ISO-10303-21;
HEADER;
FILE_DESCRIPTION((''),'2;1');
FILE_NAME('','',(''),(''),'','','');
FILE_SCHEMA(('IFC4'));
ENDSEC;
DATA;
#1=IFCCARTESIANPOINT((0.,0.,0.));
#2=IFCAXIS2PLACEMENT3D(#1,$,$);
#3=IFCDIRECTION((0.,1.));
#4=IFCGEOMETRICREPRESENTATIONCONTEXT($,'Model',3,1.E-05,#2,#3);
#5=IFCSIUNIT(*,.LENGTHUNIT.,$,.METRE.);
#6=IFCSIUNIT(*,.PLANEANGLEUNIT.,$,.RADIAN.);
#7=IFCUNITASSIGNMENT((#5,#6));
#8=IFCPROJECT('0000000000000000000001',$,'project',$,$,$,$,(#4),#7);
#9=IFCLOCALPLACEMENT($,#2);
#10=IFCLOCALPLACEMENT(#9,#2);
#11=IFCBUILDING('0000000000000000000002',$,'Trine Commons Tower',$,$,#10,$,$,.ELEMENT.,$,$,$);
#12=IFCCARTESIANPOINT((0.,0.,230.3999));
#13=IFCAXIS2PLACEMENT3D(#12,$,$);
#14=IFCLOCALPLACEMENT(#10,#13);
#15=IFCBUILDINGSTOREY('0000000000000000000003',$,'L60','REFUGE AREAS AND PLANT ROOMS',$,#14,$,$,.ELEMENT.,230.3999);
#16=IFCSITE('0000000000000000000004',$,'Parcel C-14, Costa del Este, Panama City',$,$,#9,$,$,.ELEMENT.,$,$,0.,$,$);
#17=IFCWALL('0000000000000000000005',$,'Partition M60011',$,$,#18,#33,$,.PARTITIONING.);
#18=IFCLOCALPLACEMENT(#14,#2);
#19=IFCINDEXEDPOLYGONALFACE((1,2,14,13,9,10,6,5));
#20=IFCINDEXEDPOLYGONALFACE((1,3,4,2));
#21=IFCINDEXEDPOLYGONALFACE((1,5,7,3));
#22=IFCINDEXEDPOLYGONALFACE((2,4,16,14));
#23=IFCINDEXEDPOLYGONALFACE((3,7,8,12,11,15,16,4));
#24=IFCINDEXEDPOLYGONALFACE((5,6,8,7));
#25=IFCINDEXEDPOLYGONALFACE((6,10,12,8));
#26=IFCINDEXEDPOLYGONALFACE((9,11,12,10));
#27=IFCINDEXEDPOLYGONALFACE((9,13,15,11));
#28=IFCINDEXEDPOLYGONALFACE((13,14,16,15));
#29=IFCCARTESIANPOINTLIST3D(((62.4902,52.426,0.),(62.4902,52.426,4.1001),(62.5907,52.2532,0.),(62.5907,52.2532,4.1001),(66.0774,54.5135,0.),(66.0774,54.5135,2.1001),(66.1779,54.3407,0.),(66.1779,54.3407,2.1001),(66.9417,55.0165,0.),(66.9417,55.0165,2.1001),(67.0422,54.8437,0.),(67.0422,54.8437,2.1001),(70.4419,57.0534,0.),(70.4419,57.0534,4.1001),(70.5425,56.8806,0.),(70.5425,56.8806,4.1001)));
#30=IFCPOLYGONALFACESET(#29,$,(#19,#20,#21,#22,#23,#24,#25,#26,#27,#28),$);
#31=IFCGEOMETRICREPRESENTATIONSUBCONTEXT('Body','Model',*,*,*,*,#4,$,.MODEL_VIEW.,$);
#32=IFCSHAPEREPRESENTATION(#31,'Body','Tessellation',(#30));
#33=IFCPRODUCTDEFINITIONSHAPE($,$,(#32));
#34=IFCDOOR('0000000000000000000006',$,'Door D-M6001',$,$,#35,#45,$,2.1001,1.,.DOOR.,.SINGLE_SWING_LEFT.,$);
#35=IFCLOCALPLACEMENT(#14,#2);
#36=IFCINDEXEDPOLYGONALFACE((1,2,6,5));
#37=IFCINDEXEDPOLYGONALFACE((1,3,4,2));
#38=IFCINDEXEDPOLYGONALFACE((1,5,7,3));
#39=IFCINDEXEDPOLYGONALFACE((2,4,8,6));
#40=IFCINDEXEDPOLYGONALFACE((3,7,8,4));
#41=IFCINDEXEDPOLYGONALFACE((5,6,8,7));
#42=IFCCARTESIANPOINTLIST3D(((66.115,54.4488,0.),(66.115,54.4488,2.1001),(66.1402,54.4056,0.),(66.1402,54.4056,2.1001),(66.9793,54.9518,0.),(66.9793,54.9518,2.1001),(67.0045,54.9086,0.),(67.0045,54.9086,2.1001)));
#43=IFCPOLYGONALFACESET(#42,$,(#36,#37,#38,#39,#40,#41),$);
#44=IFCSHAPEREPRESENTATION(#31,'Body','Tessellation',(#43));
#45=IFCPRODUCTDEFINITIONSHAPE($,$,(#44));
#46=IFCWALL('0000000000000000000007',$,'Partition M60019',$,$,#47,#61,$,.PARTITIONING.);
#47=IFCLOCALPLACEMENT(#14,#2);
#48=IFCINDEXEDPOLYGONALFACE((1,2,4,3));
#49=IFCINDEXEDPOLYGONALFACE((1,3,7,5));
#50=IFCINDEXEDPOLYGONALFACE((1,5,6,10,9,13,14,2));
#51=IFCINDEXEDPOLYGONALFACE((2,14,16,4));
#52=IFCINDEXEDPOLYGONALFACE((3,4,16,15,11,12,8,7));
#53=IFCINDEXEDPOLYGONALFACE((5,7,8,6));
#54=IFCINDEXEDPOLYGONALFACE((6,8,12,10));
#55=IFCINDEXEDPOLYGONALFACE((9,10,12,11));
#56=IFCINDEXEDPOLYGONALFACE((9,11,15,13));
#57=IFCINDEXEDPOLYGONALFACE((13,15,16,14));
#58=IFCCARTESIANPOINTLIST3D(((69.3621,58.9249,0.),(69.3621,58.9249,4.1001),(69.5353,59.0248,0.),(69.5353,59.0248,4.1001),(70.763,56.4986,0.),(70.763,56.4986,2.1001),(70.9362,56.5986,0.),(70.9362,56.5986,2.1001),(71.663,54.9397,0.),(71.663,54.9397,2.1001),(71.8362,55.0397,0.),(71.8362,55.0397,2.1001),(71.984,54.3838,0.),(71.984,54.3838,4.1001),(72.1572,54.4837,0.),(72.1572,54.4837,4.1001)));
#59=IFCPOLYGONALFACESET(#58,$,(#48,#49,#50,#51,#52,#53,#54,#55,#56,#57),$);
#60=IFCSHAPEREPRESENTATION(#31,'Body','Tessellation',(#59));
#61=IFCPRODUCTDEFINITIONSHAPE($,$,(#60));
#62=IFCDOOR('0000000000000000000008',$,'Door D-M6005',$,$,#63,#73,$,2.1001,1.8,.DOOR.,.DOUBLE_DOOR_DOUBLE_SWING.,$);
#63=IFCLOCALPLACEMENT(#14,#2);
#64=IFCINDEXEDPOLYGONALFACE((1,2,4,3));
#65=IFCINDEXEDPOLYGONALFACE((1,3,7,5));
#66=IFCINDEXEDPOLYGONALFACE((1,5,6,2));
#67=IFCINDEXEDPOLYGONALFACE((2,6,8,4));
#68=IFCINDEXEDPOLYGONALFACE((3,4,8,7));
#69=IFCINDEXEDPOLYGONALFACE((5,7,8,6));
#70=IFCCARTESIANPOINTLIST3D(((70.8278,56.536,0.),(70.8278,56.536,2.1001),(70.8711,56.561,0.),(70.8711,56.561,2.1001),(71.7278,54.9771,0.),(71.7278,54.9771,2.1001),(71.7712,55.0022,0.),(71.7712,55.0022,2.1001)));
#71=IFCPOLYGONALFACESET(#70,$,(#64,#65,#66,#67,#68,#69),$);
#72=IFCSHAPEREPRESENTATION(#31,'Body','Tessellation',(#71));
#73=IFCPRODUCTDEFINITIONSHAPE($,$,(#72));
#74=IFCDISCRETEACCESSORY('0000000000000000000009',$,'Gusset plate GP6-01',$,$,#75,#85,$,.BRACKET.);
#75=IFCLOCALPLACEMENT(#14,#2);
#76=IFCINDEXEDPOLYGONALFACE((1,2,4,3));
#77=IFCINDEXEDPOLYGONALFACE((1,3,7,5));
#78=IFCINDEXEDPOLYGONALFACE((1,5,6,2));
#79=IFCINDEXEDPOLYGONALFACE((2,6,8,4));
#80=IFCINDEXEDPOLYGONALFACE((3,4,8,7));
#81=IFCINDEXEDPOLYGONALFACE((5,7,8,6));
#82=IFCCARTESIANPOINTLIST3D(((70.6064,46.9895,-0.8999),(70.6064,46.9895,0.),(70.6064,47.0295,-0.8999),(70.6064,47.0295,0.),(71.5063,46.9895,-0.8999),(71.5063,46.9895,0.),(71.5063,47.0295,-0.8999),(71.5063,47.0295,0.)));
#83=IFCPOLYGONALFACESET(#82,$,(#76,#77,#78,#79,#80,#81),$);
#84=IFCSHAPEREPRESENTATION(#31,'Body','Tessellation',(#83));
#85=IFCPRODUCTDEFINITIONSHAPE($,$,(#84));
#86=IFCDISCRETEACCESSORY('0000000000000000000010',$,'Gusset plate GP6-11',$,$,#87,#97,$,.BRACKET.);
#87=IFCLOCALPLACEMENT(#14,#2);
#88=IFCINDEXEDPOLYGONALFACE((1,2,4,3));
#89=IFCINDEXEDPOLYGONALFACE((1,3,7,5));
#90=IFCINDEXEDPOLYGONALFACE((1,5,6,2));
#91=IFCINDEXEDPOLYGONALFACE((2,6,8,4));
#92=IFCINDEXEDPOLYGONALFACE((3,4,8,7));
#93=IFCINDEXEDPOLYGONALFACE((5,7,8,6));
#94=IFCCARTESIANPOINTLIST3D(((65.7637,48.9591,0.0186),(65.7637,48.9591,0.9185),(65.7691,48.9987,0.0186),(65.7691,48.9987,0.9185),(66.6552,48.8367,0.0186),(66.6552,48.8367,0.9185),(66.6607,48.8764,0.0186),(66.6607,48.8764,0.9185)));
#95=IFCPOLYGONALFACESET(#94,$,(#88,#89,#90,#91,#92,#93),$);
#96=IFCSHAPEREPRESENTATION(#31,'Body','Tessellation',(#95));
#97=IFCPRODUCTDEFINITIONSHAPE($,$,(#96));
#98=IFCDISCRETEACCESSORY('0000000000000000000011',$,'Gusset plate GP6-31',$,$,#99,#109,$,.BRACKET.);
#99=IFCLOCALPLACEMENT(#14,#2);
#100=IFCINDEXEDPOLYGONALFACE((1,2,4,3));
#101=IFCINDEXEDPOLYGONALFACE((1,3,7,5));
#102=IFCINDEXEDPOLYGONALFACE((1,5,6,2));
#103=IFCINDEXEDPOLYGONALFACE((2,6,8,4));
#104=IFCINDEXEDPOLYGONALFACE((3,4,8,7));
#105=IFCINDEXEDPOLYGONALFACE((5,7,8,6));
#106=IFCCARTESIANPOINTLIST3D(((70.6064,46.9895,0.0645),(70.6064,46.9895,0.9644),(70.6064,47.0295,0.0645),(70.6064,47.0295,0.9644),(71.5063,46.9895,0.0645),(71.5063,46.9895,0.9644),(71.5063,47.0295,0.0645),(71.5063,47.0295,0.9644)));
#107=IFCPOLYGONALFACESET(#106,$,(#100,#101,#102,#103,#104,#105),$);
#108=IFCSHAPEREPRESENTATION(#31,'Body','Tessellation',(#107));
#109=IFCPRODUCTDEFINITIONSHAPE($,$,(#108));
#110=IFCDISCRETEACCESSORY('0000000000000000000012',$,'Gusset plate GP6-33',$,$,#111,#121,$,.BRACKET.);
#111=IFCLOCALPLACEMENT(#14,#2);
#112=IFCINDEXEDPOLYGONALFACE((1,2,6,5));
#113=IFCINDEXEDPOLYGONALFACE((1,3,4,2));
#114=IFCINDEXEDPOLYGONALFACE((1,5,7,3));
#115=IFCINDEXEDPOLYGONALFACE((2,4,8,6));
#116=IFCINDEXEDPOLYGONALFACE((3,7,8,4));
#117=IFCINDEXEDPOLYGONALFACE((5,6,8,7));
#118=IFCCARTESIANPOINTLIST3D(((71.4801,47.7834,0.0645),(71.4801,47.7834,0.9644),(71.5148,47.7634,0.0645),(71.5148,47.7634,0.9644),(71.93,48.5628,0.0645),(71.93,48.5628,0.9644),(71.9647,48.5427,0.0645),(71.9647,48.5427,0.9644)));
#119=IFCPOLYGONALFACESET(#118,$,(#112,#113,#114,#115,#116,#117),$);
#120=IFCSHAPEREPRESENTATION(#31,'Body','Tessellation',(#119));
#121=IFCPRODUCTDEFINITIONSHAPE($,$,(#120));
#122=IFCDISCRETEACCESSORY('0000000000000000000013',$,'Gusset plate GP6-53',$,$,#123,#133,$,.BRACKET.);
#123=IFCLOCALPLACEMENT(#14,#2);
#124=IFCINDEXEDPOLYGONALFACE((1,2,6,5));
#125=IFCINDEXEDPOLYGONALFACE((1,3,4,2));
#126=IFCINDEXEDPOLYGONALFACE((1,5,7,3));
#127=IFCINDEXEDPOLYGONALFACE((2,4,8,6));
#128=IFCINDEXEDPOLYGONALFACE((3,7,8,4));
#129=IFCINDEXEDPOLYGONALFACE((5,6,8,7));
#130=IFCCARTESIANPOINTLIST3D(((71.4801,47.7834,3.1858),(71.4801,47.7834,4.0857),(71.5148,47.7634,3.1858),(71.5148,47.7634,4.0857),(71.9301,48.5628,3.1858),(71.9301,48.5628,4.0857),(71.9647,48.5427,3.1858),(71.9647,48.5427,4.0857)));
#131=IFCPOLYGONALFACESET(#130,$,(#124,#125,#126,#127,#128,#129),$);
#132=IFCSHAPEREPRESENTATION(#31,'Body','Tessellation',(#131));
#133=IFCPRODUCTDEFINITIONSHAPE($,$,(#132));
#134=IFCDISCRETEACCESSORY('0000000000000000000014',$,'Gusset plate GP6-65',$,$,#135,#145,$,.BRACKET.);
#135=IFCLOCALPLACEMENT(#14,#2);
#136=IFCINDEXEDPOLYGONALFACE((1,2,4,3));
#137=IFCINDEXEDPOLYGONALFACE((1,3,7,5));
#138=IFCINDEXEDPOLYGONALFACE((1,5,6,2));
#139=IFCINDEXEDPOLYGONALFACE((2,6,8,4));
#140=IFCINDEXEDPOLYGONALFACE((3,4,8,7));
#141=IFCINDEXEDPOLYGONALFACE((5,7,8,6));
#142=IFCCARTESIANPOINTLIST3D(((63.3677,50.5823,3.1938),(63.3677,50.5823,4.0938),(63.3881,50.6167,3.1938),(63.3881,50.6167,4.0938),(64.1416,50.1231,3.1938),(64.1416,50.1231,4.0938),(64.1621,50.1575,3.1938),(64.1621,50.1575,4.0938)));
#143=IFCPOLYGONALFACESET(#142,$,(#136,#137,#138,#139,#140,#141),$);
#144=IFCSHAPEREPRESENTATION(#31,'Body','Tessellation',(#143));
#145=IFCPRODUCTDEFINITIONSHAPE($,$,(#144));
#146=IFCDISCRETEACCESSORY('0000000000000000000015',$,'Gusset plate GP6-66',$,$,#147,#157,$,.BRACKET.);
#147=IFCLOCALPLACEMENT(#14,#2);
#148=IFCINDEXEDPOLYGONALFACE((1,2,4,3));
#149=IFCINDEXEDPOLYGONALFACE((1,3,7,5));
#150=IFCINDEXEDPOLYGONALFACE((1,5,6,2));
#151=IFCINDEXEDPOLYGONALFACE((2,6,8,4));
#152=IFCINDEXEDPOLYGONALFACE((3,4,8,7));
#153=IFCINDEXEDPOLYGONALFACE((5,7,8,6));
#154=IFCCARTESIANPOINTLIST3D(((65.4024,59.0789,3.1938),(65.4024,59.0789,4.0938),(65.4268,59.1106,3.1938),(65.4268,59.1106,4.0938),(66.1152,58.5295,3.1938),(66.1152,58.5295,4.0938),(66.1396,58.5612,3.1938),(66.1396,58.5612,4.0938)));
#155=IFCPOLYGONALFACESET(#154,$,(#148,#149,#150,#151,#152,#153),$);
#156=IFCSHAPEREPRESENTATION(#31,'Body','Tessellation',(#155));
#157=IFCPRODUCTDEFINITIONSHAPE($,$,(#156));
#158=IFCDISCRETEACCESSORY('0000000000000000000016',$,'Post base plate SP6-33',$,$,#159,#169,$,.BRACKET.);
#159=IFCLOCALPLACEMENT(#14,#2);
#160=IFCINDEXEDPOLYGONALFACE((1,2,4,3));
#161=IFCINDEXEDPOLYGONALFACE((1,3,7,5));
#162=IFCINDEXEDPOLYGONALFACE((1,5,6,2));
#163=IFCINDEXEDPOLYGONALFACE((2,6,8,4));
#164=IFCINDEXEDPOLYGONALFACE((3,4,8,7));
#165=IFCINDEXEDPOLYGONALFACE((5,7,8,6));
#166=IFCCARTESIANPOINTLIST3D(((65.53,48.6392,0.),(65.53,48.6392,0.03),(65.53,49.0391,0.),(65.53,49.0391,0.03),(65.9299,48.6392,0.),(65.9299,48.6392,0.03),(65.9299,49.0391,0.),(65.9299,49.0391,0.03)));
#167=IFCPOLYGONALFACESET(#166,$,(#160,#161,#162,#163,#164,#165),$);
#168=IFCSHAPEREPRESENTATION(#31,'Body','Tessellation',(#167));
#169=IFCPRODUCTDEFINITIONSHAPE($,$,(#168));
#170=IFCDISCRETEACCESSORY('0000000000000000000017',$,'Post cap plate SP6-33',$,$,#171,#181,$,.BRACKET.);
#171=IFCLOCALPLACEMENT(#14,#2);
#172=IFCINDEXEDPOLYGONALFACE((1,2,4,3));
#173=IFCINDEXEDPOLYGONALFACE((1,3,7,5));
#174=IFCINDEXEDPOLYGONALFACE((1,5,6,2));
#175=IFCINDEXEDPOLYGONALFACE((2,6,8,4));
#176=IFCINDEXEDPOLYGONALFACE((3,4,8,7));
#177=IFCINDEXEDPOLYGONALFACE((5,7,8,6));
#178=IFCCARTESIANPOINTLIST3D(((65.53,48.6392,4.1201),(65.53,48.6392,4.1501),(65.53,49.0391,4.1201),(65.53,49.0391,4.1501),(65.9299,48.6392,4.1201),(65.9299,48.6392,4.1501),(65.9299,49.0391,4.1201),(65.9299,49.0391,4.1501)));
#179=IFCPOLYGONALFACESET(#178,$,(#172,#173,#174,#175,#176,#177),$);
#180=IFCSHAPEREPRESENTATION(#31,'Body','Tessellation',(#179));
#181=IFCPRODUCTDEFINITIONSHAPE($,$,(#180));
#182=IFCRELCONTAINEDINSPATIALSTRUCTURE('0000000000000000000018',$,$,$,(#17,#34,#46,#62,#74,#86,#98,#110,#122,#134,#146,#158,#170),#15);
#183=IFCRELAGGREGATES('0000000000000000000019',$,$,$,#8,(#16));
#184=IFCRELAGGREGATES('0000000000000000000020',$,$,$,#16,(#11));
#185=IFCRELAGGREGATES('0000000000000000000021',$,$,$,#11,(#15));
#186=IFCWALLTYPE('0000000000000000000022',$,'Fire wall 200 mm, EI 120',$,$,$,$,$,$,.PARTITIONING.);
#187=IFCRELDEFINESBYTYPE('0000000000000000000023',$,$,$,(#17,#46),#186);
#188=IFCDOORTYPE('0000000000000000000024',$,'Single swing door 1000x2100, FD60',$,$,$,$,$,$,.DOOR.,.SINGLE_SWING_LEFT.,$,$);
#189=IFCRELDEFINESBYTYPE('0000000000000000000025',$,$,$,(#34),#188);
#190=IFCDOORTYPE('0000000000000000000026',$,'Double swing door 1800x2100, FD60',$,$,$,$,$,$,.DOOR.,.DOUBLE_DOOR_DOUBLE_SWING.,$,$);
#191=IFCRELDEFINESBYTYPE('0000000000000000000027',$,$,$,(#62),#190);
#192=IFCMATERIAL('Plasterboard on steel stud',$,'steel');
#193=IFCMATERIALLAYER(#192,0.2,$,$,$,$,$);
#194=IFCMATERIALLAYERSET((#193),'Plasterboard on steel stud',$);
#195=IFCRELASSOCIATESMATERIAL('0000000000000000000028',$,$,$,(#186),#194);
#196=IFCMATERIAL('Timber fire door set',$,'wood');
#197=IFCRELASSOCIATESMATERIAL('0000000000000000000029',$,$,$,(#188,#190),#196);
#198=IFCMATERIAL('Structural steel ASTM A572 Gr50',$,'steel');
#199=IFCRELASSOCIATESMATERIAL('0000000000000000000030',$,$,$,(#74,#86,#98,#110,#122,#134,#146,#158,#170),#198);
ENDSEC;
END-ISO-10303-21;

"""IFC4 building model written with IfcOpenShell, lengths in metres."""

from ifc_helpers import new_model, si_unit, direction, frame, frame_2d, origin, origin_2d, place, context, subcontext, project, spatial, rectangle, extrude, material, layer, layer_set, type_object, element, fill, save


model = new_model("IFC4")

# Units and contexts
model_context = context("Model", 3, precision=1e-05, world=origin(), true_north=direction((0.0, 1.0)))
body_context = subcontext(model_context, "Body", "Model", "MODEL_VIEW")
ifc_project = project(units=[si_unit("LENGTHUNIT", "METRE"), si_unit("PLANEANGLEUNIT", "RADIAN")], contexts=[model_context])

# Site, building, storey
site_placement = place(None, origin())
site = spatial("IfcSite", under=ifc_project, at=site_placement, Name="Parcel C-14, Costa del Este, Panama City", CompositionType="ELEMENT", RefElevation=0.0)
building_placement = place(site_placement, origin())
building = spatial("IfcBuilding", under=site, at=building_placement, Name="Trine Commons Tower", CompositionType="ELEMENT")
storey_placement = place(building_placement, frame((0.0, 0.0, 230.3999)))
storey = spatial("IfcBuildingStorey", under=building, at=storey_placement, Name="L60", Description="REFUGE AREAS AND PLANT ROOMS", CompositionType="ELEMENT", Elevation=230.3999)

# Walls, openings, doors
ifc_material_1 = material(Name="Plasterboard on steel stud", Category="steel")
ifc_layer_1 = layer(ifc_material_1, 0.2)
ifc_layer_set_1 = layer_set([ifc_layer_1], Name="Plasterboard on steel stud")
wall_type_1 = type_object("IfcWallType", Name="Fire wall 200 mm, EI 120", PredefinedType="PARTITIONING", material=ifc_layer_set_1)
wall_1_placement = place(storey_placement, frame((70.4922, 56.967, 0.0), z_axis=(0.0, 0.0, 1.0), x_axis=(-0.8643, -0.502976, 0.0)))
wall_1 = element("IfcWall", 1, at=wall_1_placement, inside=storey, type_object=wall_type_1, Name="Partition M60011", PredefinedType="PARTITIONING", context=body_context, shape_type="SweptSolid", body=[
    extrude(rectangle(XDim=9.2002, YDim=0.2, at=frame_2d((4.6001, 0.0))), origin(), (0.0, 0.0, 1.0), 4.1001),
])
opening_1_placement = place(wall_1_placement, frame((4.0498, 0.0, 0.0)))
opening_1 = element("IfcOpeningElement", 2, at=opening_1_placement, cuts=wall_1, PredefinedType="OPENING", context=body_context, shape_type="SweptSolid", body=[
    extrude(rectangle(XDim=1.0, YDim=2.1001, at=frame_2d((0.5, 1.05))), frame((0.0, 0.1099, 0.0), z_axis=(0.0, -1.0, 0.0), x_axis=(1.0, 0.0, 0.0)), (0.0, 0.0, 1.0), 0.22),
])
ifc_material_2 = material(Name="Timber fire door set", Category="wood")
door_type_1 = type_object("IfcDoorType", Name="Single swing door 1000x2100, FD60", OperationType="SINGLE_SWING_LEFT", PredefinedType="DOOR", material=ifc_material_2)
door_1_placement = place(opening_1_placement, origin())
door_1 = element("IfcDoor", 3, at=door_1_placement, inside=storey, type_object=door_type_1, Name="Door D-M6001", OperationType="SINGLE_SWING_LEFT", OverallHeight=2.1001, OverallWidth=1.0, PredefinedType="DOOR", context=body_context, shape_type="SweptSolid", body=[
    extrude(rectangle(XDim=1.0, YDim=2.1001, at=frame_2d((0.5, 1.05))), frame((0.0, 0.0249, 0.0), z_axis=(0.0, -1.0, 0.0), x_axis=(1.0, 0.0, 0.0)), (0.0, 0.0, 1.0), 0.05),
])
fill(opening_1, door_1)
wall_2_placement = place(storey_placement, frame((69.4487, 58.9749, 0.0), z_axis=(0.0, 0.0, 1.0), x_axis=(0.50001, -0.86602, 0.0)))
wall_2 = element("IfcWall", 4, at=wall_2_placement, inside=storey, type_object=wall_type_1, Name="Partition M60019", PredefinedType="PARTITIONING", context=body_context, shape_type="SweptSolid", body=[
    extrude(rectangle(XDim=5.2437, YDim=0.2, at=frame_2d((2.6218, 0.0))), origin(), (0.0, 0.0, 1.0), 4.1001),
])
opening_2_placement = place(wall_2_placement, frame((2.8018, 0.0, 0.0)))
opening_2 = element("IfcOpeningElement", 5, at=opening_2_placement, cuts=wall_2, PredefinedType="OPENING", context=body_context, shape_type="SweptSolid", body=[
    extrude(rectangle(XDim=1.8, YDim=2.1001, at=frame_2d((0.8999, 1.05))), frame((0.0, 0.1099, 0.0), z_axis=(0.0, -1.0, 0.0), x_axis=(1.0, 0.0, 0.0)), (0.0, 0.0, 1.0), 0.22),
])
door_type_2 = type_object("IfcDoorType", Name="Double swing door 1800x2100, FD60", OperationType="DOUBLE_DOOR_DOUBLE_SWING", PredefinedType="DOOR", material=ifc_material_2)
door_2_placement = place(opening_2_placement, origin())
door_2 = element("IfcDoor", 6, at=door_2_placement, inside=storey, type_object=door_type_2, Name="Door D-M6005", OperationType="DOUBLE_DOOR_DOUBLE_SWING", OverallHeight=2.1001, OverallWidth=1.8, PredefinedType="DOOR", context=body_context, shape_type="SweptSolid", body=[
    extrude(rectangle(XDim=1.8, YDim=2.1001, at=frame_2d((0.8999, 1.05))), frame((0.0, 0.0249, 0.0), z_axis=(0.0, -1.0, 0.0), x_axis=(1.0, 0.0, 0.0)), (0.0, 0.0, 1.0), 0.05),
])
fill(opening_2, door_2)

# Discrete accessories
ifc_material_3 = material(Name="Structural steel ASTM A572 Gr50", Category="steel")
for number, where, z_axis, x_axis, name in (
    (7, (71.0564, 47.0095, -0.8999), (0.0, 0.0, 1.0), (1.0, 0.0, 0.0), "Gusset plate GP6-01"),
    (8, (66.2122, 48.9177, 0.0186), (0.0, 0.0, 1.0), (0.990715, -0.135958, 0.0), "Gusset plate GP6-11"),
    (9, (71.0564, 47.0095, 0.0645), (0.0, 0.0, 1.0), (1.0, 0.0, 0.0), "Gusset plate GP6-31"),
    (10, (71.7224, 48.1631, 0.0645), (0.0, 0.0, 1.0), (-0.499985, -0.866034, 0.0), "Gusset plate GP6-33"),
    (11, (71.7224, 48.1631, 3.1858), (0.0, 0.0, 1.0), (-0.5, -0.866025, 0.0), "Gusset plate GP6-53"),
    (12, (63.7649, 50.3699, 3.1938), (0.0, 0.0, 1.0), (-0.860004, 0.510288, 0.0), "Gusset plate GP6-65"),
    (13, (65.771, 58.8201, 3.1938), (0.0, 0.0, 1.0), (0.792045, -0.610463, 0.0), "Gusset plate GP6-66"),
):
    element("IfcDiscreteAccessory", number, at=place(storey_placement, frame(where, z_axis=z_axis, x_axis=x_axis)), inside=storey, material=ifc_material_3, Name=name, PredefinedType="BRACKET", context=body_context, shape_type="SweptSolid", body=[
        extrude(rectangle(XDim=0.8999, YDim=0.04, at=origin_2d()), origin(), (0.0, 0.0, 1.0), 0.8999),
    ])
for number, where, z_axis, x_axis, name in (
    (14, (65.73, 48.8391, 0.0), (0.0, 0.0, 1.0), (1.0, 0.0, 0.0), "Post base plate SP6-33"),
    (15, (65.73, 48.8391, 4.1201), (0.0, 0.0, 1.0), (1.0, 0.0, 0.0), "Post cap plate SP6-33"),
):
    element("IfcDiscreteAccessory", number, at=place(storey_placement, frame(where, z_axis=z_axis, x_axis=x_axis)), inside=storey, material=ifc_material_3, Name=name, PredefinedType="BRACKET", context=body_context, shape_type="SweptSolid", body=[
        extrude(rectangle(XDim=0.3999, YDim=0.3999, at=origin_2d()), origin(), (0.0, 0.0, 1.0), 0.03),
    ])

save(model, "model.ifc")
